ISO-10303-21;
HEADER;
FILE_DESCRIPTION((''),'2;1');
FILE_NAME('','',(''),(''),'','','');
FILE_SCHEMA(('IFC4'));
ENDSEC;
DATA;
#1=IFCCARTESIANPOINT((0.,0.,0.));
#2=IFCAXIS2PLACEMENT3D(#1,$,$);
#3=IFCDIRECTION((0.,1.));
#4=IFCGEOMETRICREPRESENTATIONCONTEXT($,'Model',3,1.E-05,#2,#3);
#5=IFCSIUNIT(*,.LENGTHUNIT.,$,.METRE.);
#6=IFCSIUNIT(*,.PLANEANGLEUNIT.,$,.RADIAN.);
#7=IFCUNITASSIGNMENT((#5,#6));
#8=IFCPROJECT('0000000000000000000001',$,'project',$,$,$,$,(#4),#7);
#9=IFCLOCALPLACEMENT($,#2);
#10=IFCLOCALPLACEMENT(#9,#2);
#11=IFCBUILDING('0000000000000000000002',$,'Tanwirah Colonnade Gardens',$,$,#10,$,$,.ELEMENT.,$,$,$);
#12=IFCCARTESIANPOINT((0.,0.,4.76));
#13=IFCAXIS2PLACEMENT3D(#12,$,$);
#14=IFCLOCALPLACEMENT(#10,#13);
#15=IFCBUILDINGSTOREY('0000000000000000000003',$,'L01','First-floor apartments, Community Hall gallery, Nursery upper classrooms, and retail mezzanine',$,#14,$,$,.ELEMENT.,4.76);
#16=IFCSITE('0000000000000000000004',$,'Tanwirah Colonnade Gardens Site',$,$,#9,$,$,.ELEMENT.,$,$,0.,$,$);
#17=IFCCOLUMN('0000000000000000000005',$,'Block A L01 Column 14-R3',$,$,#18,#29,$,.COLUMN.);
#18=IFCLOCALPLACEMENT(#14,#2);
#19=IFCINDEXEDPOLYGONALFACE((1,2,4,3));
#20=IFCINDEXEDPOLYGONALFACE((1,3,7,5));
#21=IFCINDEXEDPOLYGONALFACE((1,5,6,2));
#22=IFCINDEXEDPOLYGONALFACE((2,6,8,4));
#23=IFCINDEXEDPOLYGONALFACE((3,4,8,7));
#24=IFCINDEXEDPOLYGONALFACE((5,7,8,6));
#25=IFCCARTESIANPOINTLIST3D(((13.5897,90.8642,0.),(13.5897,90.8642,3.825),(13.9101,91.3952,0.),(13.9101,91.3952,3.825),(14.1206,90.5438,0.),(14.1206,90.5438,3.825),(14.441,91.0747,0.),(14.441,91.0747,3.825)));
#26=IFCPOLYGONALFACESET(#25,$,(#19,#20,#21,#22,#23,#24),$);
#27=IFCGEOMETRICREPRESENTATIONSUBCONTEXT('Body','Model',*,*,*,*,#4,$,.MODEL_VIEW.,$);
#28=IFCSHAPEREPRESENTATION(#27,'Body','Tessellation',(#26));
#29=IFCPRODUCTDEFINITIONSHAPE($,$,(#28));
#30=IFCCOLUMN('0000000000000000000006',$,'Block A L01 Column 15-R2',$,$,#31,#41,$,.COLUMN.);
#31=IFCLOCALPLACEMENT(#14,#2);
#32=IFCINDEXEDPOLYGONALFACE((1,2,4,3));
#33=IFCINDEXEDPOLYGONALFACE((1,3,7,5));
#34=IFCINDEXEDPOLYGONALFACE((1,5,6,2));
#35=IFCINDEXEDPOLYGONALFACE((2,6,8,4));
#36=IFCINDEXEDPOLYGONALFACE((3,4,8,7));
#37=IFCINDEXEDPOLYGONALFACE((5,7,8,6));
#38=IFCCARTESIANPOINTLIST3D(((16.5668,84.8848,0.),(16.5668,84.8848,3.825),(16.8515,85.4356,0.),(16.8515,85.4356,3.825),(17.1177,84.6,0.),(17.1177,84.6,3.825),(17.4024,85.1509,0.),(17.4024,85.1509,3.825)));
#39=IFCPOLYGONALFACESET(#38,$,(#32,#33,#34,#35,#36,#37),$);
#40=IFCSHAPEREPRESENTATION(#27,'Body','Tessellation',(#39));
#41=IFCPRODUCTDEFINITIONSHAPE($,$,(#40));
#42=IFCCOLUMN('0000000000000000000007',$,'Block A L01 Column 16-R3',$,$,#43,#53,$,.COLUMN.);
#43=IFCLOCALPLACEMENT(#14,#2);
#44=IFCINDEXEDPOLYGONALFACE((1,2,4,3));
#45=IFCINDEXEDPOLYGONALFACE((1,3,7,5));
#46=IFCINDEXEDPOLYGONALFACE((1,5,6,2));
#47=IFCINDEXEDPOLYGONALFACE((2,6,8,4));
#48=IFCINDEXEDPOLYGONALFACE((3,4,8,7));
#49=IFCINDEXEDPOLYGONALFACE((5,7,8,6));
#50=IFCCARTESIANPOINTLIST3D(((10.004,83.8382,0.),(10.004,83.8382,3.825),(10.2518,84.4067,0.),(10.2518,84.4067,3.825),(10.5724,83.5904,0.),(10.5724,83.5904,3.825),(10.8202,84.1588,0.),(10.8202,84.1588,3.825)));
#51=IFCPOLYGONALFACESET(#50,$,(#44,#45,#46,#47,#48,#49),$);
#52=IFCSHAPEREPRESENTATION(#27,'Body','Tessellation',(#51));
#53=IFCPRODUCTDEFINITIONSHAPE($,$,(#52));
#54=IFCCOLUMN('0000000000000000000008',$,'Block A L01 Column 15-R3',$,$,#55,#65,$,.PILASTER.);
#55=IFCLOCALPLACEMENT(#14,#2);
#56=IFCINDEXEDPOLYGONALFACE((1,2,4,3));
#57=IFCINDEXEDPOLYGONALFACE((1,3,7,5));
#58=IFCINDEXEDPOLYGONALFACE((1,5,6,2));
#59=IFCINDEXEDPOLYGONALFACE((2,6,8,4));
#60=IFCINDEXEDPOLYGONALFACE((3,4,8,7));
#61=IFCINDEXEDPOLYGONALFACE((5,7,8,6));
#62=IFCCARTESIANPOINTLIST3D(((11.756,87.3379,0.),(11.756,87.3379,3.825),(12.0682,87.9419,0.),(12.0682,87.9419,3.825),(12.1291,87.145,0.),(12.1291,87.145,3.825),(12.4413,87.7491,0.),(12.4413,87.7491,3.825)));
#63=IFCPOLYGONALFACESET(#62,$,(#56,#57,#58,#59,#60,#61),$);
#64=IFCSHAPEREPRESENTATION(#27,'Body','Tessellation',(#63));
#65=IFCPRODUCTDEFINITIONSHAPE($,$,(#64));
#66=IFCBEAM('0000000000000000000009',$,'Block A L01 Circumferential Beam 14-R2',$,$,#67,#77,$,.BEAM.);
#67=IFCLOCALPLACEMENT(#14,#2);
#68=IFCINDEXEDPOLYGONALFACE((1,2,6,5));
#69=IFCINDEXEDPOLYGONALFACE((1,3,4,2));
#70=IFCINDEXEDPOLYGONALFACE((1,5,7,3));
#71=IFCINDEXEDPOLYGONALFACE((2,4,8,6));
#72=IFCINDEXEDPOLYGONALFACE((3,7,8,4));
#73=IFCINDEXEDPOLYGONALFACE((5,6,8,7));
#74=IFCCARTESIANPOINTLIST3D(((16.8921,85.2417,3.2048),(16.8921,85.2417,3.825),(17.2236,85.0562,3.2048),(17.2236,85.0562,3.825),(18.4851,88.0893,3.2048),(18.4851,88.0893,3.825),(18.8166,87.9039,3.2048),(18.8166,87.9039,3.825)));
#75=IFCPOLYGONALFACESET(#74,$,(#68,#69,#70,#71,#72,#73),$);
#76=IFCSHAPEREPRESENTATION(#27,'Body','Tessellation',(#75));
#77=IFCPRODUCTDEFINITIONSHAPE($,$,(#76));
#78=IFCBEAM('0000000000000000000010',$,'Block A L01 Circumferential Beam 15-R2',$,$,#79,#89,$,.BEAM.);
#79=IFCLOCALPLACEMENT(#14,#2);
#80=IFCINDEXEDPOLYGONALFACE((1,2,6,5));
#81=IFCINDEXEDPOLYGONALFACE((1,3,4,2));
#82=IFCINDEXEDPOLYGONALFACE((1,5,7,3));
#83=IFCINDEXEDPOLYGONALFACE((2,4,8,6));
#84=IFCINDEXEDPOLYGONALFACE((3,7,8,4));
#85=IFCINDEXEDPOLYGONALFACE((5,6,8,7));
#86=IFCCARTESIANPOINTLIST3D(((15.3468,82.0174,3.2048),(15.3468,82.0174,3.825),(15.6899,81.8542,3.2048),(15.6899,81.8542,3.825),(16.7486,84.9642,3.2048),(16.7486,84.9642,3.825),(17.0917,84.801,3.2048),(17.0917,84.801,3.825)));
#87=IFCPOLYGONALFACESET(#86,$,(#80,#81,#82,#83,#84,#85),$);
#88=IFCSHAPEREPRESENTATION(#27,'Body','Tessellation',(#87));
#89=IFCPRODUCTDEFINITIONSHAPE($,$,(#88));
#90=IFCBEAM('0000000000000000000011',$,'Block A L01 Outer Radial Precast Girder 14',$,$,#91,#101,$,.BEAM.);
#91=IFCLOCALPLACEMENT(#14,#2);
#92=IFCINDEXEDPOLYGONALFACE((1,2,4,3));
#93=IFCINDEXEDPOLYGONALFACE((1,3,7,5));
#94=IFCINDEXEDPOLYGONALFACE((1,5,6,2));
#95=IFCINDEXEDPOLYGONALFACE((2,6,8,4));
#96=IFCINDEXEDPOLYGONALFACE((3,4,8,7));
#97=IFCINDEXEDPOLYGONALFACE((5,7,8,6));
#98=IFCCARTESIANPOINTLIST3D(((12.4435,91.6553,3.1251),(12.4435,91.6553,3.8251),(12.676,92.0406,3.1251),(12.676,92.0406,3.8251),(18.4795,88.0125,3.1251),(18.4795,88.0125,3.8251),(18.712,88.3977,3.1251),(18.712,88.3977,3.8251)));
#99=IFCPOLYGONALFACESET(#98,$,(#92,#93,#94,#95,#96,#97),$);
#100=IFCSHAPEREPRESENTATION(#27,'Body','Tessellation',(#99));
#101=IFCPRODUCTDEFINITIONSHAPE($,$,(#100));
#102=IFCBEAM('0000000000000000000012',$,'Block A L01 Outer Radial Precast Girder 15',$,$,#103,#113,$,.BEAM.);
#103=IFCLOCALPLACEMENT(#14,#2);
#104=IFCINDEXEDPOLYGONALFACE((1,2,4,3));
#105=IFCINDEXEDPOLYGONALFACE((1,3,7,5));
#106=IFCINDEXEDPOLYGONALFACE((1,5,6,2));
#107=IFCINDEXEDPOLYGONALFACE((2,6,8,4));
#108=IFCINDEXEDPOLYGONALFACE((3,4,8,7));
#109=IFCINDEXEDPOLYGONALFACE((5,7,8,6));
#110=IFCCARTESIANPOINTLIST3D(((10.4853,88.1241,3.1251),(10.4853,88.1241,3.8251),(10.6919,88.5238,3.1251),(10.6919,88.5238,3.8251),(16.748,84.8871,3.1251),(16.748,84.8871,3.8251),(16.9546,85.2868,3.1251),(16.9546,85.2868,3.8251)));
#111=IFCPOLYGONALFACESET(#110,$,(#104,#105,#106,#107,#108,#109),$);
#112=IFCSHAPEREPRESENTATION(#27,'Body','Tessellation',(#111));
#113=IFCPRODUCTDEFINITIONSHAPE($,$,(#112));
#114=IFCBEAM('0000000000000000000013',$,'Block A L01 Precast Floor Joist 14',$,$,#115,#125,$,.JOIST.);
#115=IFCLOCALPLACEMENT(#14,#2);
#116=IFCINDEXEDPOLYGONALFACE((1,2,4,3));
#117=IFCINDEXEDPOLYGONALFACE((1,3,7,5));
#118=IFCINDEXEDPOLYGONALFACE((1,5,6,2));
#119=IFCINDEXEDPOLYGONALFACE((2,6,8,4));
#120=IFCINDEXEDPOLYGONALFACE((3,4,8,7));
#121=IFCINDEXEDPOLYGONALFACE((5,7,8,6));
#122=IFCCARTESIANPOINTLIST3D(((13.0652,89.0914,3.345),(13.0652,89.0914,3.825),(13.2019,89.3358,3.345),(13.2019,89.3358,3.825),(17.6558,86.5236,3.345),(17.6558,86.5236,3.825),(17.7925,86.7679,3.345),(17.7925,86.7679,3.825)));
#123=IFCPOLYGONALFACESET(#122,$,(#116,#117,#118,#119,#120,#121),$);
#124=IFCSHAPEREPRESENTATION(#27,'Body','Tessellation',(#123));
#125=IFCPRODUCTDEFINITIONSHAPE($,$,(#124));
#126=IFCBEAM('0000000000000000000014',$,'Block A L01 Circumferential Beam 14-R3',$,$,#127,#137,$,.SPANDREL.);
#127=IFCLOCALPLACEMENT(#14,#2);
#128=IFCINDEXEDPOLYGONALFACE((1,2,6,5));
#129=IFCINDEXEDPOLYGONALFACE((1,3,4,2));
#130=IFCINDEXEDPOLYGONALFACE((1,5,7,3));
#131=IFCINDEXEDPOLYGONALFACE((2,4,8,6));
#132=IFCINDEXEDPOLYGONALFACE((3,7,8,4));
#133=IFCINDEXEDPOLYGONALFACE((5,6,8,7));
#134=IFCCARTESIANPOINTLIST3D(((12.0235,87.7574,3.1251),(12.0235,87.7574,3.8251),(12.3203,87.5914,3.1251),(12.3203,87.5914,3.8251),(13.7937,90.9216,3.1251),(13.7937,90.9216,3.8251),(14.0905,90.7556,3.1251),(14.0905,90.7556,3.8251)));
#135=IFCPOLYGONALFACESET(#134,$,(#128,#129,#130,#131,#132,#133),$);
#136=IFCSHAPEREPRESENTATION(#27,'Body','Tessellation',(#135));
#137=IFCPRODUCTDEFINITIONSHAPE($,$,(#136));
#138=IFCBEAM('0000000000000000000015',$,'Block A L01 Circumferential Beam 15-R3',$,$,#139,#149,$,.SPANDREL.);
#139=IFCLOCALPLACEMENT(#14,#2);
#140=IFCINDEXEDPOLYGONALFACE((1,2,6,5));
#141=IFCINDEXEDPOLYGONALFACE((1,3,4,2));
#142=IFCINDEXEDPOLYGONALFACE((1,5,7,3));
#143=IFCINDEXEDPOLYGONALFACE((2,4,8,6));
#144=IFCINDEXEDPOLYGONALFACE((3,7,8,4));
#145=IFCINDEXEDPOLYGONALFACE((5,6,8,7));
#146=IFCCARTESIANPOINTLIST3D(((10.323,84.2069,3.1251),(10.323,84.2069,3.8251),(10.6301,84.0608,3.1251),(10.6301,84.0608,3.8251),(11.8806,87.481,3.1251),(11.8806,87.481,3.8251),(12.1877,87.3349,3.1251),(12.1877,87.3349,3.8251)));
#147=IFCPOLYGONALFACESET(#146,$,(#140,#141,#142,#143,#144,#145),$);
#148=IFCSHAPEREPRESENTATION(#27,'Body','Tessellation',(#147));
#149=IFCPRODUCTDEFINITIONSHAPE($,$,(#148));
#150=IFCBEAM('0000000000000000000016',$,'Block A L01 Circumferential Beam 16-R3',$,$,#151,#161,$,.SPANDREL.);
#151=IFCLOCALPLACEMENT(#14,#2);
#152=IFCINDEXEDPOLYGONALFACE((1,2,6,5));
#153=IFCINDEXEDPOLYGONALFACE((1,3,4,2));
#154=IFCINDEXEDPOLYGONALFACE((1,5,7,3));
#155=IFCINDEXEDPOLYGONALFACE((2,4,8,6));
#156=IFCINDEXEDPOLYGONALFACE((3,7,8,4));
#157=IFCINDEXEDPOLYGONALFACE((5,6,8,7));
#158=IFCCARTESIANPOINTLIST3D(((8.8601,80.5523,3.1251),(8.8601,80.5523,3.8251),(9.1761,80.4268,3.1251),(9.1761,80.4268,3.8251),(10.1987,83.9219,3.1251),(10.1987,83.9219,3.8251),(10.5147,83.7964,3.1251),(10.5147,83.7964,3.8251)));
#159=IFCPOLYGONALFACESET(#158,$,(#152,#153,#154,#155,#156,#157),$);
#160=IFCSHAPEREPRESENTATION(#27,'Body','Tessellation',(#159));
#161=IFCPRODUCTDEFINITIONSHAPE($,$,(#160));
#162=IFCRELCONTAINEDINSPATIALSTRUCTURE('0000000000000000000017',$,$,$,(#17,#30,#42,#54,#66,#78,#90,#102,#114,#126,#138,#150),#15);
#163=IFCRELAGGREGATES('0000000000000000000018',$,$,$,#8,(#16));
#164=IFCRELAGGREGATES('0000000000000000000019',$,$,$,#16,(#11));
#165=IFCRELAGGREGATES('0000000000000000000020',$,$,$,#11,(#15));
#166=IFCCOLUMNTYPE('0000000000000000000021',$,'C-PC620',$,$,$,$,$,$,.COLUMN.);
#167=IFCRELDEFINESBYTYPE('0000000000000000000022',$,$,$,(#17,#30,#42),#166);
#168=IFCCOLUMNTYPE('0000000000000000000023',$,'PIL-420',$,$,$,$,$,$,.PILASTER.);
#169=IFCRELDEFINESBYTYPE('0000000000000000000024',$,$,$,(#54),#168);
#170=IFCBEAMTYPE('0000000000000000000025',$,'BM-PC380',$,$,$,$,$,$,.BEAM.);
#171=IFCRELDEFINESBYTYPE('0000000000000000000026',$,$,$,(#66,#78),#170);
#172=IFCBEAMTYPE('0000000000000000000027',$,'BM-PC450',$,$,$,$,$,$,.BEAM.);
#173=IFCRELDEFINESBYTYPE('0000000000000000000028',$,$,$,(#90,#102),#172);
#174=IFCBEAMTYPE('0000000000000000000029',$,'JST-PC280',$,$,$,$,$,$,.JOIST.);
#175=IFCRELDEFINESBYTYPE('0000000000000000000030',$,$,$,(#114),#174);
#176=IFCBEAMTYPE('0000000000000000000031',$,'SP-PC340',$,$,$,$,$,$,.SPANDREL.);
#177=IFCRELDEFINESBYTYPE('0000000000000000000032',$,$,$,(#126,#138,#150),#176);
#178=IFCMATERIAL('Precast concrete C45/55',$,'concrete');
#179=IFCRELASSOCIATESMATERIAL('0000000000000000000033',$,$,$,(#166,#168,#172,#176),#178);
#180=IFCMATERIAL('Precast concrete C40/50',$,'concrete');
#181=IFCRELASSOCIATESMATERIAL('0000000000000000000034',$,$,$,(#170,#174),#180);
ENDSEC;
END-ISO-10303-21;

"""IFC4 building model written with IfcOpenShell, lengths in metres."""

from ifc_helpers import new_model, si_unit, direction, frame, origin, origin_2d, place, context, subcontext, project, spatial, rectangle, extrude, material, material_profile, profile_set, type_object, element, save


model = new_model("IFC4")

# Units and contexts
model_context = context("Model", 3, precision=1e-05, world=origin(), true_north=direction((0.0, 1.0)))
body_context = subcontext(model_context, "Body", "Model", "MODEL_VIEW")
ifc_project = project(units=[si_unit("LENGTHUNIT", "METRE"), si_unit("PLANEANGLEUNIT", "RADIAN")], contexts=[model_context])

# Site, building, storey
site_placement = place(None, origin())
site = spatial("IfcSite", under=ifc_project, at=site_placement, Name="Tanwirah Colonnade Gardens Site", CompositionType="ELEMENT", RefElevation=0.0)
building_placement = place(site_placement, origin())
building = spatial("IfcBuilding", under=site, at=building_placement, Name="Tanwirah Colonnade Gardens", CompositionType="ELEMENT")
storey_placement = place(building_placement, frame((0.0, 0.0, 4.76)))
storey = spatial("IfcBuildingStorey", under=building, at=storey_placement, Name="L01", Description="First-floor apartments, Community Hall gallery, Nursery upper classrooms, and retail mezzanine", CompositionType="ELEMENT", Elevation=4.76)

# Columns
ifc_material_1 = material(Name="Precast concrete C45/55", Category="concrete")
ifc_material_profile_1 = material_profile(ifc_material_1, rectangle(XDim=0.6201, YDim=0.6201, at=origin_2d()), Name="PC-COL 620x620")
ifc_profile_set_1 = profile_set([ifc_material_profile_1], Name="Precast concrete C45/55")
column_type_1 = type_object("IfcColumnType", Name="C-PC620", PredefinedType="COLUMN", material=ifc_profile_set_1)
for number, where, z_axis, x_axis, name in (
    (1, (14.0154, 90.9695, 0.0), (0.0, 0.0, 1.0), (-0.856167, 0.516699, 0.0), "Block A L01 Column 14-R3"),
    (2, (16.9846, 85.0178, 0.0), (0.0, 0.0, 1.0), (-0.88835, 0.459166, 0.0), "Block A L01 Column 15-R2"),
    (3, (10.4121, 83.9985, 0.0), (0.0, 0.0, 1.0), (-0.916673, 0.399638, 0.0), "Block A L01 Column 16-R3"),
):
    element("IfcColumn", number, at=place(storey_placement, frame(where, z_axis=z_axis, x_axis=x_axis)), inside=storey, type_object=column_type_1, Name=name, PredefinedType="COLUMN", context=body_context, shape_type="SweptSolid", body=[
        extrude(rectangle(XDim=0.6201, YDim=0.6201, at=origin_2d()), origin(), (0.0, 0.0, 1.0), 3.825),
    ])
ifc_material_profile_2 = material_profile(ifc_material_1, rectangle(XDim=0.4199, YDim=0.6799, at=origin_2d()), Name="PC-PIL 420x680")
ifc_profile_set_2 = profile_set([ifc_material_profile_2], Name="Precast concrete C45/55")
column_type_2 = type_object("IfcColumnType", Name="PIL-420", PredefinedType="PILASTER", material=ifc_profile_set_2)
column_placement = place(storey_placement, frame((12.0986, 87.5435, 0.0), z_axis=(0.0, 0.0, 1.0), x_axis=(-0.88835, 0.459166, 0.0)))
element("IfcColumn", 4, at=column_placement, inside=storey, type_object=column_type_2, Name="Block A L01 Column 15-R3", PredefinedType="PILASTER", context=body_context, shape_type="SweptSolid", body=[
    extrude(rectangle(XDim=0.4199, YDim=0.6799, at=origin_2d()), origin(), (0.0, 0.0, 1.0), 3.825),
])

# Beams
ifc_material_2 = material(Name="Precast concrete C40/50", Category="concrete")
ifc_material_profile_3 = material_profile(ifc_material_2, rectangle(XDim=0.3799, YDim=0.6201, at=origin_2d()), Name="PC-BM 380x620")
ifc_profile_set_3 = profile_set([ifc_material_profile_3], Name="Precast concrete C40/50")
beam_type_1 = type_object("IfcBeamType", Name="BM-PC380", PredefinedType="BEAM", material=ifc_profile_set_3)
beam_1_placement = place(storey_placement, frame((18.6509, 87.9966, 3.5149), z_axis=(-0.488214, -0.872724, 0.0), x_axis=(0.872724, -0.488214, 0.0)))
element("IfcBeam", 5, at=beam_1_placement, inside=storey, type_object=beam_type_1, Name="Block A L01 Circumferential Beam 14-R2", PredefinedType="BEAM", context=body_context, shape_type="SweptSolid", body=[
    extrude(rectangle(XDim=0.3799, YDim=0.6201, at=origin_2d()), origin(), (0.0, 0.0, 1.0), 3.2629),
])
beam_2_placement = place(storey_placement, frame((16.9202, 84.8826, 3.5149), z_axis=(-0.429591, -0.903024, 0.0), x_axis=(0.903024, -0.429591, 0.0)))
element("IfcBeam", 6, at=beam_2_placement, inside=storey, type_object=beam_type_1, Name="Block A L01 Circumferential Beam 15-R2", PredefinedType="BEAM", context=body_context, shape_type="SweptSolid", body=[
    extrude(rectangle(XDim=0.3799, YDim=0.6201, at=origin_2d()), origin(), (0.0, 0.0, 1.0), 3.2632),
])
ifc_material_profile_4 = material_profile(ifc_material_1, rectangle(XDim=0.45, YDim=0.7, at=origin_2d()), Name="PC-BM 450x700")
ifc_profile_set_4 = profile_set([ifc_material_profile_4], Name="Precast concrete C45/55")
beam_type_2 = type_object("IfcBeamType", Name="BM-PC450", PredefinedType="BEAM", material=ifc_profile_set_4)
beam_3_placement = place(storey_placement, frame((18.5957, 88.2051, 3.4751), z_axis=(-0.856158, 0.516714, 0.0), x_axis=(-0.516714, -0.856158, 0.0)))
element("IfcBeam", 7, at=beam_3_placement, inside=storey, type_object=beam_type_2, Name="Block A L01 Outer Radial Precast Girder 14", PredefinedType="BEAM", context=body_context, shape_type="SweptSolid", body=[
    extrude(rectangle(XDim=0.45, YDim=0.7, at=origin_2d()), origin(), (0.0, 0.0, 1.0), 7.05),
])
beam_4_placement = place(storey_placement, frame((16.8513, 85.0869, 3.4751), z_axis=(-0.888349, 0.459169, 0.0), x_axis=(-0.459169, -0.888349, 0.0)))
element("IfcBeam", 8, at=beam_4_placement, inside=storey, type_object=beam_type_2, Name="Block A L01 Outer Radial Precast Girder 15", PredefinedType="BEAM", context=body_context, shape_type="SweptSolid", body=[
    extrude(rectangle(XDim=0.45, YDim=0.7, at=origin_2d()), origin(), (0.0, 0.0, 1.0), 7.0498),
])
ifc_material_profile_5 = material_profile(ifc_material_2, rectangle(XDim=0.28, YDim=0.48, at=origin_2d()), Name="PC-JST 280x480")
ifc_profile_set_5 = profile_set([ifc_material_profile_5], Name="Precast concrete C40/50")
beam_type_3 = type_object("IfcBeamType", Name="JST-PC280", PredefinedType="JOIST", material=ifc_profile_set_5)
beam_5_placement = place(storey_placement, frame((17.7241, 86.6458, 3.585), z_axis=(-0.872737, 0.488191, 0.0), x_axis=(-0.488191, -0.872737, 0.0)))
element("IfcBeam", 9, at=beam_5_placement, inside=storey, type_object=beam_type_3, Name="Block A L01 Precast Floor Joist 14", PredefinedType="JOIST", context=body_context, shape_type="SweptSolid", body=[
    extrude(rectangle(XDim=0.28, YDim=0.48, at=origin_2d()), origin(), (0.0, 0.0, 1.0), 5.26),
])
ifc_material_profile_6 = material_profile(ifc_material_1, rectangle(XDim=0.3401, YDim=0.7, at=origin_2d()), Name="PC-SP 340x700")
ifc_profile_set_6 = profile_set([ifc_material_profile_6], Name="Precast concrete C45/55")
beam_type_4 = type_object("IfcBeamType", Name="SP-PC340", PredefinedType="SPANDREL", material=ifc_profile_set_6)
for number, where, z_axis, x_axis, name in (
    (10, (13.9421, 90.8386, 3.4751), (-0.488236, -0.872711, 0.0), (0.872711, -0.488236, 0.0), "Block A L01 Circumferential Beam 14-R3"),
    (11, (12.0342, 87.408, 3.4751), (-0.429594, -0.903022, 0.0), (0.903022, -0.429594, 0.0), "Block A L01 Circumferential Beam 15-R3"),
    (12, (10.3567, 83.8591, 3.4751), (-0.369195, -0.929352, 0.0), (0.929352, -0.369195, 0.0), "Block A L01 Circumferential Beam 16-R3"),
):
    element("IfcBeam", number, at=place(storey_placement, frame(where, z_axis=z_axis, x_axis=x_axis)), inside=storey, type_object=beam_type_4, Name=name, PredefinedType="SPANDREL", context=body_context, shape_type="SweptSolid", body=[
        extrude(rectangle(XDim=0.3401, YDim=0.7, at=origin_2d()), origin(), (0.0, 0.0, 1.0), 3.6257),
    ])

save(model, "model.ifc")
